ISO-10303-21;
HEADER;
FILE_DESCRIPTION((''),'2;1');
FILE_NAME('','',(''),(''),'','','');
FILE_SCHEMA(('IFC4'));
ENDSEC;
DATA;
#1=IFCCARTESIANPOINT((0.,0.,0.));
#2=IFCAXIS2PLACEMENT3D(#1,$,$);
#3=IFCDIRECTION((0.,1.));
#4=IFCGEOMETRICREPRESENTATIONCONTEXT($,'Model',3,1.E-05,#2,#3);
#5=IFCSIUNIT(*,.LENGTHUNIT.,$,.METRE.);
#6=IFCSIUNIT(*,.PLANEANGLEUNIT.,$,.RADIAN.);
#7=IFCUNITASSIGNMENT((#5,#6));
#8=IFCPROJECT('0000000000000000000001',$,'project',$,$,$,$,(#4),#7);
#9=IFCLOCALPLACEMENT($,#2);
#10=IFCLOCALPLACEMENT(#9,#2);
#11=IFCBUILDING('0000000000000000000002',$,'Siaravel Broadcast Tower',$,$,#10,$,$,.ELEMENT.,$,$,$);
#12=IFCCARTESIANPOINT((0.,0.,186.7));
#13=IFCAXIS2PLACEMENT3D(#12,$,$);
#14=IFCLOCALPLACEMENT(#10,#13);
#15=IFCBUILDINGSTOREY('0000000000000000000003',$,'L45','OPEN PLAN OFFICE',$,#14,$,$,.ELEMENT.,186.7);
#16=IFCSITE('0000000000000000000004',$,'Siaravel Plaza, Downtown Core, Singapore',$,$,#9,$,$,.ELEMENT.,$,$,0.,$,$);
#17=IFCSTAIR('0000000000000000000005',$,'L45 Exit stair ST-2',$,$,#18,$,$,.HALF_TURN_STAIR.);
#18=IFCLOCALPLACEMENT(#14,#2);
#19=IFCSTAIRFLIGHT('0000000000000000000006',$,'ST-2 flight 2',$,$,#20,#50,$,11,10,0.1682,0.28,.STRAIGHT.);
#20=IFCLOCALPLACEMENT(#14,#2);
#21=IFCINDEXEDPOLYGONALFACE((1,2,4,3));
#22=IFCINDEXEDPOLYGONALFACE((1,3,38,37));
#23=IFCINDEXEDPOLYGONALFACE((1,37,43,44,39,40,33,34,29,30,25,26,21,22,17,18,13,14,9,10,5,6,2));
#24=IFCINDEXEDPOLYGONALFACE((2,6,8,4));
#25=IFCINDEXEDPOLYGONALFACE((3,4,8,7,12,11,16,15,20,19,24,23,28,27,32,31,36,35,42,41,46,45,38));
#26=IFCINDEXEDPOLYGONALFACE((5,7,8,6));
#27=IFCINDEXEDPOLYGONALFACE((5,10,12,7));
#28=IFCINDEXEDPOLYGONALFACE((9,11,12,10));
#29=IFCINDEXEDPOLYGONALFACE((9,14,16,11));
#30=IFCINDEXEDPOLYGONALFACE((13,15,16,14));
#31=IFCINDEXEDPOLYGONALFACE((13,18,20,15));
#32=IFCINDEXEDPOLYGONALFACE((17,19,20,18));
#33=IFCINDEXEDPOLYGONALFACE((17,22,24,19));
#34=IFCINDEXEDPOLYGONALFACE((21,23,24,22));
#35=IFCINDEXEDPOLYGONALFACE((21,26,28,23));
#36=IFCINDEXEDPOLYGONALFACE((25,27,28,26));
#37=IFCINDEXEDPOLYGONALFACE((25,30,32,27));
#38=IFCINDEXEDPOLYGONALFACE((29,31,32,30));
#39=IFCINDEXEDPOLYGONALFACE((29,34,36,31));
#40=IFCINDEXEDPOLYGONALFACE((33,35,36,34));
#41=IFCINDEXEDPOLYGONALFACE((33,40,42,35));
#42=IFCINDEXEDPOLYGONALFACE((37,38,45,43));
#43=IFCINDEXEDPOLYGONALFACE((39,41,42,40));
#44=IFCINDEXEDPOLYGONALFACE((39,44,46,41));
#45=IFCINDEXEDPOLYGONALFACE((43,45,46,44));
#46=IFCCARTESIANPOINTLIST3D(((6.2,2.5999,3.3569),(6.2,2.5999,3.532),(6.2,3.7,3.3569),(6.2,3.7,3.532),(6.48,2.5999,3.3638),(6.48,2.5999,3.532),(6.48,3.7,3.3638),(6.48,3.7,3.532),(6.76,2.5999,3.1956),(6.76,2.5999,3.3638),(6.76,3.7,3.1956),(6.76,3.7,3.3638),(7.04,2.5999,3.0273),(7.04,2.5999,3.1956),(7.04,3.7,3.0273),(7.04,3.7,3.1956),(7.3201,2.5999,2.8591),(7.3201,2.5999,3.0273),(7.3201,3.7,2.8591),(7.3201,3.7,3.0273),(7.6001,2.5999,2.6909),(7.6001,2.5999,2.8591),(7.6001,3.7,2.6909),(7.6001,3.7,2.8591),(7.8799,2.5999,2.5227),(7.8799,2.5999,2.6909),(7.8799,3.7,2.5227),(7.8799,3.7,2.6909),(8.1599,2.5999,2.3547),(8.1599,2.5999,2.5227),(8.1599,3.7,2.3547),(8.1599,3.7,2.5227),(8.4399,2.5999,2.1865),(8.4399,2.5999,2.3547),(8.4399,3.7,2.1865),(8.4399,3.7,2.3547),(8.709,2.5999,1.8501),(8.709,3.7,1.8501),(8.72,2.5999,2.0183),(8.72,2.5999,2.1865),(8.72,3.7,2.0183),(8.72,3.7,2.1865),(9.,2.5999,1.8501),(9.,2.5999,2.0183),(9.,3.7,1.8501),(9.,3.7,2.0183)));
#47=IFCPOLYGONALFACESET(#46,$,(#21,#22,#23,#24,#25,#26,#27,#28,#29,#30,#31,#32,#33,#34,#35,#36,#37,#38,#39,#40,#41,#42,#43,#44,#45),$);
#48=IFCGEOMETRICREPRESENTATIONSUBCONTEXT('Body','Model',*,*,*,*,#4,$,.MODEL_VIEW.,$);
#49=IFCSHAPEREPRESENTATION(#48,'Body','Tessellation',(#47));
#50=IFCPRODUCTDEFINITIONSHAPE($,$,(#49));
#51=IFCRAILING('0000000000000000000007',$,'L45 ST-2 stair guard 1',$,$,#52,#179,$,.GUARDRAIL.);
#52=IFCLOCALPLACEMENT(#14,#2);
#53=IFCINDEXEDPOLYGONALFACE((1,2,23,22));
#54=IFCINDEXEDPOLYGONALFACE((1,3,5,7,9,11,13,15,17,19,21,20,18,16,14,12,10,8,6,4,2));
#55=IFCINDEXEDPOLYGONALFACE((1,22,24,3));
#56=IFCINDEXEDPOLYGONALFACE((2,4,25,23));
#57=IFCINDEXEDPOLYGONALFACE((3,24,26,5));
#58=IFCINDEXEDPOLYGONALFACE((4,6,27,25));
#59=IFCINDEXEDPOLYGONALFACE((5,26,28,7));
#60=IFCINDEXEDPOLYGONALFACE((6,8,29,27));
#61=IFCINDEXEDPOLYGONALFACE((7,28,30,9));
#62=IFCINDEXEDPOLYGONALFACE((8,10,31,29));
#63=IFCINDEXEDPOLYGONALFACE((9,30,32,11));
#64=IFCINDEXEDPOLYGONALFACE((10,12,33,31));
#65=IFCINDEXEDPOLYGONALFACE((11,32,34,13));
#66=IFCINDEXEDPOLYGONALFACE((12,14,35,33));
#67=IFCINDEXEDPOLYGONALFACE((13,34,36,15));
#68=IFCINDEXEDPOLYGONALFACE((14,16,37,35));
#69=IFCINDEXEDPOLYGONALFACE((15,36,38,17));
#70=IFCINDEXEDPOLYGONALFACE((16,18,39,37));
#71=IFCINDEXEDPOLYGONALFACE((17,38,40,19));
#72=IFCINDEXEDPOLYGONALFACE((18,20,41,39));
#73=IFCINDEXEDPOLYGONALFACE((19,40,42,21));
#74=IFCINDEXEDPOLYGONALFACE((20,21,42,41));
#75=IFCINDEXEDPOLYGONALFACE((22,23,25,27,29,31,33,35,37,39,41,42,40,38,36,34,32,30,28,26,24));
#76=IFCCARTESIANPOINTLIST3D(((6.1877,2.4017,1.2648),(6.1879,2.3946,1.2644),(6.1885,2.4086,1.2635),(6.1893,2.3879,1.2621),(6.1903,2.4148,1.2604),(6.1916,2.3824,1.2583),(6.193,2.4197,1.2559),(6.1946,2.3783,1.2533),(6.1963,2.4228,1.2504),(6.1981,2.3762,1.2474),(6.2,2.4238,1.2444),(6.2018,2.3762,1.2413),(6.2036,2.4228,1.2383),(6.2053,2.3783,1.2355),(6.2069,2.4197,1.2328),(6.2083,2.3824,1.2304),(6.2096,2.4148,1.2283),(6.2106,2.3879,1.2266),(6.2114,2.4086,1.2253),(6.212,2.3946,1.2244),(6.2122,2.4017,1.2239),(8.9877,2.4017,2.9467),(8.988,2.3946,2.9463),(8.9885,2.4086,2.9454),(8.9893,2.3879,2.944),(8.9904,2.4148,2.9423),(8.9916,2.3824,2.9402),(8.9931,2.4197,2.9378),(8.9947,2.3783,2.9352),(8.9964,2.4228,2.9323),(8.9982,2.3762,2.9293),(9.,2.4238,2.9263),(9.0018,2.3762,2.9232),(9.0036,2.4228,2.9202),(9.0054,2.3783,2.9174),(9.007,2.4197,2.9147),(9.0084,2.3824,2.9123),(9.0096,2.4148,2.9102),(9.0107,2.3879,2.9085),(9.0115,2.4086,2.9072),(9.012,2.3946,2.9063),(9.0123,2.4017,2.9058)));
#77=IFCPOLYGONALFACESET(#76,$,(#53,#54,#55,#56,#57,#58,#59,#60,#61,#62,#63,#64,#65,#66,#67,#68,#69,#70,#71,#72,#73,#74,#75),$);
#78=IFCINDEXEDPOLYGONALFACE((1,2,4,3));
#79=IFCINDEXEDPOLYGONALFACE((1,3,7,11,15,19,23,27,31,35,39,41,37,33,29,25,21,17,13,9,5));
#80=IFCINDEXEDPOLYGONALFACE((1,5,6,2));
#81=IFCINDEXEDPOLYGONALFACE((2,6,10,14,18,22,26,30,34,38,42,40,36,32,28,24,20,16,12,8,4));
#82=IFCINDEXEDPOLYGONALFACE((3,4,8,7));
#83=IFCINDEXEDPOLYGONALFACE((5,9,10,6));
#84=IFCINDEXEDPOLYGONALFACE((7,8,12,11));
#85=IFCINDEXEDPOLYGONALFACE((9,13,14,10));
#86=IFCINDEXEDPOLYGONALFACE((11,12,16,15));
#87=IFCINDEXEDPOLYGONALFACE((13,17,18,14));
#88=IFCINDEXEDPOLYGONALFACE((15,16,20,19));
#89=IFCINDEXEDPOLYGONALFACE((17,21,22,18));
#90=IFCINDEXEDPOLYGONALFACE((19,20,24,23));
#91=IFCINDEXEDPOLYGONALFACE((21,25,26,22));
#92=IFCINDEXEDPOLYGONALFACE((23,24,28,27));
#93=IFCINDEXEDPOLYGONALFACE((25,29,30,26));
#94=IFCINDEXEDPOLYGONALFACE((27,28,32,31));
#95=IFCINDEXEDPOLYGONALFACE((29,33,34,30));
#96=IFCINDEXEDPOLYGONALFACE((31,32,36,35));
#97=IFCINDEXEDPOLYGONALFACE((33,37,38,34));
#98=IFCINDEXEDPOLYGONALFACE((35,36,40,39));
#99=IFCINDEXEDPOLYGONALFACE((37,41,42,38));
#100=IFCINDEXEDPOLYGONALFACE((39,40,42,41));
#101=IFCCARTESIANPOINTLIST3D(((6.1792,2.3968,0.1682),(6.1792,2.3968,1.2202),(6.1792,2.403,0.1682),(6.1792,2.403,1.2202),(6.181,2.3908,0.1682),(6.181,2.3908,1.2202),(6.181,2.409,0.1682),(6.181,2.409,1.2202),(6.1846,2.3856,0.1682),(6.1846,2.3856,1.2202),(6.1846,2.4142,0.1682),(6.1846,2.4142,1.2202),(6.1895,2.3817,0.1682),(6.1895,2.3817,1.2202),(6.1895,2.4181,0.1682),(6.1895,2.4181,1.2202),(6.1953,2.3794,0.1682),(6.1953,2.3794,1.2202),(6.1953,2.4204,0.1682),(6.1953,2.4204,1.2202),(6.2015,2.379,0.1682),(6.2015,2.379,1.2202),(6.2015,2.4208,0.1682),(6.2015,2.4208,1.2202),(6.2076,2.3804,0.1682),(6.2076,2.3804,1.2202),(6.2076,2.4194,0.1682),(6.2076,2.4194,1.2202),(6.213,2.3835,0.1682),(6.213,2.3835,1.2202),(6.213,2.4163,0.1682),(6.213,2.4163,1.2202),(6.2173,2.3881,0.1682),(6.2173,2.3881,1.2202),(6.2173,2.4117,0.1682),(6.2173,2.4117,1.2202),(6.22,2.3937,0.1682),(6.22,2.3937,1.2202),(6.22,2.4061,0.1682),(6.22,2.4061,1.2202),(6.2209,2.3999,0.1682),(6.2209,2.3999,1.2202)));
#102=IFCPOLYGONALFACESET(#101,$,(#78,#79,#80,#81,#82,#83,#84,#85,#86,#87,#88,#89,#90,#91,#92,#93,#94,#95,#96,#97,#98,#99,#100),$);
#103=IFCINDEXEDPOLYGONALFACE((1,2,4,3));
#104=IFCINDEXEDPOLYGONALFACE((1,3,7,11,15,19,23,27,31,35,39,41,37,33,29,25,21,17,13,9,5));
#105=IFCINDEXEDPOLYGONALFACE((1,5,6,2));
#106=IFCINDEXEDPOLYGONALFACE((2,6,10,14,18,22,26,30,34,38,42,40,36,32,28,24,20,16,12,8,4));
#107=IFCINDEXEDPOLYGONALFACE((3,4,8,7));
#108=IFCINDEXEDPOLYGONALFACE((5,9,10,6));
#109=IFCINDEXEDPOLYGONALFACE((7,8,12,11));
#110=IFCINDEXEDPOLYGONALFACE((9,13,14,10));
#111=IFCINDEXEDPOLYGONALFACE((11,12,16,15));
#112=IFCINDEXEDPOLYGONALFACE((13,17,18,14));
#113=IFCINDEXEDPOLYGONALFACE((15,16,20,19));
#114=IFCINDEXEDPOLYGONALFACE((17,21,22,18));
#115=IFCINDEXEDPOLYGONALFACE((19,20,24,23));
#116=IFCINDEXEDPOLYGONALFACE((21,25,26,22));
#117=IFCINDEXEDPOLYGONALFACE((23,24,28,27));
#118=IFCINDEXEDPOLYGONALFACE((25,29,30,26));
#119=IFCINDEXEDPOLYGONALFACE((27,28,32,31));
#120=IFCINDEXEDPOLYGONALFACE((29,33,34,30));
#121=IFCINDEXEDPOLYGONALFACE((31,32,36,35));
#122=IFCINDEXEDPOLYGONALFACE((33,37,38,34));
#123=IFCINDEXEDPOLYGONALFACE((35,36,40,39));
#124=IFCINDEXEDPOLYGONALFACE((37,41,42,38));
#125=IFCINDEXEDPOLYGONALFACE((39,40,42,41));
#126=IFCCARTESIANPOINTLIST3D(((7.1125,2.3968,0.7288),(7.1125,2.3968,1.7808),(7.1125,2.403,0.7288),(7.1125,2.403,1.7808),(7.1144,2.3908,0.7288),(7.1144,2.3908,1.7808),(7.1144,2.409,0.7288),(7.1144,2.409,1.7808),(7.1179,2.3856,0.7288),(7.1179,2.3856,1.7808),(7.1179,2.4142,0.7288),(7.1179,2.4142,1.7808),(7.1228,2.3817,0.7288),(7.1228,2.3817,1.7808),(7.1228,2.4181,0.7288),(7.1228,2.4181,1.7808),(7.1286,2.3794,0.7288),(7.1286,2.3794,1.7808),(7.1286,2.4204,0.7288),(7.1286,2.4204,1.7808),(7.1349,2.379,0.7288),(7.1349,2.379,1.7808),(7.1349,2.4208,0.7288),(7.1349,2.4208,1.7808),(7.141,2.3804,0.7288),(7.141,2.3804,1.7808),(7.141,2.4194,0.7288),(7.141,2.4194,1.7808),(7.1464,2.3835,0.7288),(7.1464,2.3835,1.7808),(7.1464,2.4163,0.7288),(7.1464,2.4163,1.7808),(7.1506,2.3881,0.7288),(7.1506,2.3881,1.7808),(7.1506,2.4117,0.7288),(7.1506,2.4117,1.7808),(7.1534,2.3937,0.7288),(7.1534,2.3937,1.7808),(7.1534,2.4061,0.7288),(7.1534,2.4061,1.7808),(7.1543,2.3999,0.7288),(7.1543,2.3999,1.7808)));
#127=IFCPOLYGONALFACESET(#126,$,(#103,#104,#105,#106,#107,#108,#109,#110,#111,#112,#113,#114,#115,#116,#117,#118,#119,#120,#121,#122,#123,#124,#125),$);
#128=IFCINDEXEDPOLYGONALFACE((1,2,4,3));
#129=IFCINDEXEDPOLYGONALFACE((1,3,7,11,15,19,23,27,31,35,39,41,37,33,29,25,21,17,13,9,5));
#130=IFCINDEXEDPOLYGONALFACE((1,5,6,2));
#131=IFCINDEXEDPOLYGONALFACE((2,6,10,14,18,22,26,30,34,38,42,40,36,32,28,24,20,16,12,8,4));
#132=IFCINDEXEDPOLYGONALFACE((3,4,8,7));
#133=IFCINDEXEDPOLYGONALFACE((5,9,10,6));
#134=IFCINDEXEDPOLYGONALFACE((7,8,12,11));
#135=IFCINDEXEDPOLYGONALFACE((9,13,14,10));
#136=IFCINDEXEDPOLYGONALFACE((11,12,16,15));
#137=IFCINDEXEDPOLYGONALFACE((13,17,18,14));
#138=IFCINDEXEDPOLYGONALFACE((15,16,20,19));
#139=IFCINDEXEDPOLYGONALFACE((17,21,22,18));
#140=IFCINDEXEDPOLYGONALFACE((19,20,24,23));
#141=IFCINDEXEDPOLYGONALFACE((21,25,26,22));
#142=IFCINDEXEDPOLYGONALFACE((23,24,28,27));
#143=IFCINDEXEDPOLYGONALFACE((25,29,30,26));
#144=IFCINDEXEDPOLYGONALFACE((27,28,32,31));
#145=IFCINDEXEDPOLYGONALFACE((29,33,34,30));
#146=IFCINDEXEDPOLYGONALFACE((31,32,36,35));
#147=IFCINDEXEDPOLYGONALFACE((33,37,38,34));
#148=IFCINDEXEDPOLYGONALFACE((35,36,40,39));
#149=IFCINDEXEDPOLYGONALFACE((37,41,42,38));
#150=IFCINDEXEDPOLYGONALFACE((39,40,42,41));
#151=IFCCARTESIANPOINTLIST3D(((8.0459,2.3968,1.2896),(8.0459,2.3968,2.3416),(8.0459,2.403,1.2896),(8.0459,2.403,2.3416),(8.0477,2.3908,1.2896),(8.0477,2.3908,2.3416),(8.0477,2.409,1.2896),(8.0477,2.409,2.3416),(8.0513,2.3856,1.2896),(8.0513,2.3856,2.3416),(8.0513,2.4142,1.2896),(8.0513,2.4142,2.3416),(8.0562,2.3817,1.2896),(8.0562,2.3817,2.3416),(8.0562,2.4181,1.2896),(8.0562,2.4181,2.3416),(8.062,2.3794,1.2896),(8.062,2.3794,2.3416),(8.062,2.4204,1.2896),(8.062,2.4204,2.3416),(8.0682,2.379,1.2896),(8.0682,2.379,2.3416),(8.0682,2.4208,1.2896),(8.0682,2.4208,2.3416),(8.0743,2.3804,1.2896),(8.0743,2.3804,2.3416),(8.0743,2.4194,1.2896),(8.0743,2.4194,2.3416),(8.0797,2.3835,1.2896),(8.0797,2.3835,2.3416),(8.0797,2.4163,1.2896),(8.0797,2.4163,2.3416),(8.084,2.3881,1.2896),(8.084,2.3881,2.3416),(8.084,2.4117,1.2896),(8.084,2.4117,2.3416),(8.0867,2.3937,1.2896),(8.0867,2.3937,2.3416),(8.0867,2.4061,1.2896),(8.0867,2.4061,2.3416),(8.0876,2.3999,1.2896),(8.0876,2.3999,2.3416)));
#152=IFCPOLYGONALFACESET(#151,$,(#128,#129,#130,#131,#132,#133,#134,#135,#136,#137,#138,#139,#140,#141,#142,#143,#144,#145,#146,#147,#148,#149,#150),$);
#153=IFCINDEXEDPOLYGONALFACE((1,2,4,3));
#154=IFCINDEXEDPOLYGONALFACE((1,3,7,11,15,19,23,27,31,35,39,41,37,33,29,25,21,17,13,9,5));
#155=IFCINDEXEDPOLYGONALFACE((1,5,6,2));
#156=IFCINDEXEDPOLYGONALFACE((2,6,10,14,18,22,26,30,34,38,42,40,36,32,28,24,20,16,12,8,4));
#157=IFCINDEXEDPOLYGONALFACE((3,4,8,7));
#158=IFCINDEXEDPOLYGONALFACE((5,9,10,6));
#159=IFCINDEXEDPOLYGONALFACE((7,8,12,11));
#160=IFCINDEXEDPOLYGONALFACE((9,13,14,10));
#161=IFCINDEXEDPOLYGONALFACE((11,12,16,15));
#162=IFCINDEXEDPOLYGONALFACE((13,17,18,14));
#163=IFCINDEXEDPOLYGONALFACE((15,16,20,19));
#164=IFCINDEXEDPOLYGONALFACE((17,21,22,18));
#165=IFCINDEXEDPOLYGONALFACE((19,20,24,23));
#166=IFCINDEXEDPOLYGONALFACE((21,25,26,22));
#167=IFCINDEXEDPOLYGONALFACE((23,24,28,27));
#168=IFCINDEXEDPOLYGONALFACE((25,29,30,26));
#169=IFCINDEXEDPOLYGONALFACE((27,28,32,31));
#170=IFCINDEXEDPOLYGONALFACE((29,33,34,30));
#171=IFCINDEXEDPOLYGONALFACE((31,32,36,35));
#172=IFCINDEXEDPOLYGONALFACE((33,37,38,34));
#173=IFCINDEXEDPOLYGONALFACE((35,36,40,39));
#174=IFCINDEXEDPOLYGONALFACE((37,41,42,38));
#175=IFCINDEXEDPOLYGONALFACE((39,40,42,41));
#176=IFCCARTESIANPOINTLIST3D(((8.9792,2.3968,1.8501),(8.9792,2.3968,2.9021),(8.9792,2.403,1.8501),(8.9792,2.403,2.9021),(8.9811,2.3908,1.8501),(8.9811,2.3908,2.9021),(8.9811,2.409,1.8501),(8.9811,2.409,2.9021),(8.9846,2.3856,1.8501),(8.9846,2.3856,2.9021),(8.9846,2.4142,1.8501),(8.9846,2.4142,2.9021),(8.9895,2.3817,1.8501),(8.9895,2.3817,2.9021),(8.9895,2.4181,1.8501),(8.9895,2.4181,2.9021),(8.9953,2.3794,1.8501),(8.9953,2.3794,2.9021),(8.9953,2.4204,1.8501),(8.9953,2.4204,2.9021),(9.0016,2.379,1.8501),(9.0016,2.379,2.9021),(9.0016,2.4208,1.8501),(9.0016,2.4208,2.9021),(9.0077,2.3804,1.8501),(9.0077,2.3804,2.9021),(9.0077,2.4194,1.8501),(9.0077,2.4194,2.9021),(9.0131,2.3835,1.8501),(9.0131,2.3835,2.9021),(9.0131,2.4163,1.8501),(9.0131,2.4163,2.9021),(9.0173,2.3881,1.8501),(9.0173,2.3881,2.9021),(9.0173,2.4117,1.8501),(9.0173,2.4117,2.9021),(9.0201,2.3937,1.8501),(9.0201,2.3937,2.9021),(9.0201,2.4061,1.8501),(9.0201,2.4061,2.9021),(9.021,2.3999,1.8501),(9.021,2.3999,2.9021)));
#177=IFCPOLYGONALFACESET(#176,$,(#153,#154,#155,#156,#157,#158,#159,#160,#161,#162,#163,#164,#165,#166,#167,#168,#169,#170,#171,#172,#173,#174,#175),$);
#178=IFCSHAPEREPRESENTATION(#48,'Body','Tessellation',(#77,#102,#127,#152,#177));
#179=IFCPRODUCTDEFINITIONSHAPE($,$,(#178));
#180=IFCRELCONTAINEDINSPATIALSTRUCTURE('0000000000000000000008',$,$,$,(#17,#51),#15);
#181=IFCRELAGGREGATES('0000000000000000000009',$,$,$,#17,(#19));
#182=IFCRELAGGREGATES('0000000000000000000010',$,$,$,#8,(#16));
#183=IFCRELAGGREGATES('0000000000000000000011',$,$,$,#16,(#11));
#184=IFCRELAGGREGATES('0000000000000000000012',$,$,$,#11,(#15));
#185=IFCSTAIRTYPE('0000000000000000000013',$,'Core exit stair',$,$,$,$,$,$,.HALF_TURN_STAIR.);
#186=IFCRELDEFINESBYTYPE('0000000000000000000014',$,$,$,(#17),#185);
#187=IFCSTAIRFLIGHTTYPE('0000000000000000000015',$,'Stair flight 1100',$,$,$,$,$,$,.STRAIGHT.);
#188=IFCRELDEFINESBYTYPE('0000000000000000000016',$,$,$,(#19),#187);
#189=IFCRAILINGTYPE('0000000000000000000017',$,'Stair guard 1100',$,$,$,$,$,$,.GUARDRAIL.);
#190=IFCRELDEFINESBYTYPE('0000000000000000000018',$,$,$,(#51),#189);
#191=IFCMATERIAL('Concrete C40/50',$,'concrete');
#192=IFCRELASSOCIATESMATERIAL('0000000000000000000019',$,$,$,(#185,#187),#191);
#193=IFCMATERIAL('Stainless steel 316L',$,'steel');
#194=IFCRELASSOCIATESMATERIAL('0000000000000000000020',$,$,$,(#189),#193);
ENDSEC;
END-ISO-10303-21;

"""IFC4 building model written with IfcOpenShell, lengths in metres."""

from ifc_helpers import new_model, si_unit, direction, frame, origin, origin_2d, place, context, subcontext, project, spatial, polyline, circle, outline, extrude, material, type_object, element, aggregate, save


model = new_model("IFC4")

# Units and contexts
model_context = context("Model", 3, precision=1e-05, world=origin(), true_north=direction((0.0, 1.0)))
body_context = subcontext(model_context, "Body", "Model", "MODEL_VIEW")
ifc_project = project(units=[si_unit("LENGTHUNIT", "METRE"), si_unit("PLANEANGLEUNIT", "RADIAN")], contexts=[model_context])

# Site, building, storey
site_placement = place(None, origin())
site = spatial("IfcSite", under=ifc_project, at=site_placement, Name="Siaravel Plaza, Downtown Core, Singapore", CompositionType="ELEMENT", RefElevation=0.0)
building_placement = place(site_placement, origin())
building = spatial("IfcBuilding", under=site, at=building_placement, Name="Siaravel Broadcast Tower", CompositionType="ELEMENT")
storey_placement = place(building_placement, frame((0.0, 0.0, 186.7)))
storey = spatial("IfcBuildingStorey", under=building, at=storey_placement, Name="L45", Description="OPEN PLAN OFFICE", CompositionType="ELEMENT", Elevation=186.7)

# Stair, stair flight
ifc_material_1 = material(Name="Concrete C40/50", Category="concrete")
stair_type = type_object("IfcStairType", Name="Core exit stair", PredefinedType="HALF_TURN_STAIR", material=ifc_material_1)
stair_placement = place(storey_placement, origin())
stair = element("IfcStair", 1, at=stair_placement, inside=storey, type_object=stair_type, Name="L45 Exit stair ST-2", PredefinedType="HALF_TURN_STAIR")
stair_flight_type = type_object("IfcStairFlightType", Name="Stair flight 1100", PredefinedType="STRAIGHT", material=ifc_material_1)
stair_flight_1_placement = place(storey_placement, frame((9.0, 3.1499, 1.8501), z_axis=(0.0, 0.0, 1.0), x_axis=(-1.0, 0.0, 0.0)))
stair_flight_1 = element("IfcStairFlight", 2, at=stair_flight_1_placement, type_object=stair_flight_type, Name="ST-2 flight 2", NumberOfRisers=11, NumberOfTreads=10, PredefinedType="STRAIGHT", RiserHeight=0.1682, TreadLength=0.28, context=body_context, shape_type="SweptSolid", body=[
    extrude(outline(polyline([(0.0, 0.0), (0.0, 0.1682), (0.28, 0.1682), (0.28, 0.3364), (0.5601, 0.3364), (0.5601, 0.5046), (0.8401, 0.5046), (0.8401, 0.6726), (1.1201, 0.6726), (1.1201, 0.8408), (1.3999, 0.8408), (1.3999, 1.009), (1.6799, 1.009), (1.6799, 1.1772), (1.96, 1.1772), (1.96, 1.3455), (2.24, 1.3455), (2.24, 1.5137), (2.52, 1.5137), (2.52, 1.6819), (2.8, 1.6819), (2.8, 1.8501), (2.8, 1.5068), (0.291, 0.0), (0.0, 0.0)])), frame((0.0, 0.55, 0.0), z_axis=(0.0, -1.0, 0.0), x_axis=(1.0, 0.0, 0.0)), (0.0, 0.0, 1.0), 1.1001),
])
aggregate(stair, [stair_flight_1])

# Railing
ifc_material_2 = material(Name="Stainless steel 316L", Category="steel")
railing_type_1 = type_object("IfcRailingType", Name="Stair guard 1100", PredefinedType="GUARDRAIL", material=ifc_material_2)
railing_1_placement = place(storey_placement, frame((6.2, 2.3999, 0.1682)))
element("IfcRailing", 3, at=railing_1_placement, inside=storey, type_object=railing_type_1, Name="L45 ST-2 stair guard 1", PredefinedType="GUARDRAIL", context=body_context, shape_type="SweptSolid", body=[
    extrude(circle(Radius=0.0239, at=origin_2d()), frame((0.0, 0.0, 1.0762), z_axis=(0.857242, 0.0, 0.514913), x_axis=(0.0, 1.0, 0.0)), (0.0, 0.0, 1.0), 3.2664),
    extrude(circle(Radius=0.021, at=origin_2d()), origin(), (0.0, 0.0, 1.0), 1.052),
    extrude(circle(Radius=0.021, at=origin_2d()), frame((0.9333, 0.0, 0.5605)), (0.0, 0.0, 1.0), 1.052),
    extrude(circle(Radius=0.021, at=origin_2d()), frame((1.8667, 0.0, 1.1213)), (0.0, 0.0, 1.0), 1.052),
    extrude(circle(Radius=0.021, at=origin_2d()), frame((2.8, 0.0, 1.6819)), (0.0, 0.0, 1.0), 1.052),
])

save(model, "model.ifc")
